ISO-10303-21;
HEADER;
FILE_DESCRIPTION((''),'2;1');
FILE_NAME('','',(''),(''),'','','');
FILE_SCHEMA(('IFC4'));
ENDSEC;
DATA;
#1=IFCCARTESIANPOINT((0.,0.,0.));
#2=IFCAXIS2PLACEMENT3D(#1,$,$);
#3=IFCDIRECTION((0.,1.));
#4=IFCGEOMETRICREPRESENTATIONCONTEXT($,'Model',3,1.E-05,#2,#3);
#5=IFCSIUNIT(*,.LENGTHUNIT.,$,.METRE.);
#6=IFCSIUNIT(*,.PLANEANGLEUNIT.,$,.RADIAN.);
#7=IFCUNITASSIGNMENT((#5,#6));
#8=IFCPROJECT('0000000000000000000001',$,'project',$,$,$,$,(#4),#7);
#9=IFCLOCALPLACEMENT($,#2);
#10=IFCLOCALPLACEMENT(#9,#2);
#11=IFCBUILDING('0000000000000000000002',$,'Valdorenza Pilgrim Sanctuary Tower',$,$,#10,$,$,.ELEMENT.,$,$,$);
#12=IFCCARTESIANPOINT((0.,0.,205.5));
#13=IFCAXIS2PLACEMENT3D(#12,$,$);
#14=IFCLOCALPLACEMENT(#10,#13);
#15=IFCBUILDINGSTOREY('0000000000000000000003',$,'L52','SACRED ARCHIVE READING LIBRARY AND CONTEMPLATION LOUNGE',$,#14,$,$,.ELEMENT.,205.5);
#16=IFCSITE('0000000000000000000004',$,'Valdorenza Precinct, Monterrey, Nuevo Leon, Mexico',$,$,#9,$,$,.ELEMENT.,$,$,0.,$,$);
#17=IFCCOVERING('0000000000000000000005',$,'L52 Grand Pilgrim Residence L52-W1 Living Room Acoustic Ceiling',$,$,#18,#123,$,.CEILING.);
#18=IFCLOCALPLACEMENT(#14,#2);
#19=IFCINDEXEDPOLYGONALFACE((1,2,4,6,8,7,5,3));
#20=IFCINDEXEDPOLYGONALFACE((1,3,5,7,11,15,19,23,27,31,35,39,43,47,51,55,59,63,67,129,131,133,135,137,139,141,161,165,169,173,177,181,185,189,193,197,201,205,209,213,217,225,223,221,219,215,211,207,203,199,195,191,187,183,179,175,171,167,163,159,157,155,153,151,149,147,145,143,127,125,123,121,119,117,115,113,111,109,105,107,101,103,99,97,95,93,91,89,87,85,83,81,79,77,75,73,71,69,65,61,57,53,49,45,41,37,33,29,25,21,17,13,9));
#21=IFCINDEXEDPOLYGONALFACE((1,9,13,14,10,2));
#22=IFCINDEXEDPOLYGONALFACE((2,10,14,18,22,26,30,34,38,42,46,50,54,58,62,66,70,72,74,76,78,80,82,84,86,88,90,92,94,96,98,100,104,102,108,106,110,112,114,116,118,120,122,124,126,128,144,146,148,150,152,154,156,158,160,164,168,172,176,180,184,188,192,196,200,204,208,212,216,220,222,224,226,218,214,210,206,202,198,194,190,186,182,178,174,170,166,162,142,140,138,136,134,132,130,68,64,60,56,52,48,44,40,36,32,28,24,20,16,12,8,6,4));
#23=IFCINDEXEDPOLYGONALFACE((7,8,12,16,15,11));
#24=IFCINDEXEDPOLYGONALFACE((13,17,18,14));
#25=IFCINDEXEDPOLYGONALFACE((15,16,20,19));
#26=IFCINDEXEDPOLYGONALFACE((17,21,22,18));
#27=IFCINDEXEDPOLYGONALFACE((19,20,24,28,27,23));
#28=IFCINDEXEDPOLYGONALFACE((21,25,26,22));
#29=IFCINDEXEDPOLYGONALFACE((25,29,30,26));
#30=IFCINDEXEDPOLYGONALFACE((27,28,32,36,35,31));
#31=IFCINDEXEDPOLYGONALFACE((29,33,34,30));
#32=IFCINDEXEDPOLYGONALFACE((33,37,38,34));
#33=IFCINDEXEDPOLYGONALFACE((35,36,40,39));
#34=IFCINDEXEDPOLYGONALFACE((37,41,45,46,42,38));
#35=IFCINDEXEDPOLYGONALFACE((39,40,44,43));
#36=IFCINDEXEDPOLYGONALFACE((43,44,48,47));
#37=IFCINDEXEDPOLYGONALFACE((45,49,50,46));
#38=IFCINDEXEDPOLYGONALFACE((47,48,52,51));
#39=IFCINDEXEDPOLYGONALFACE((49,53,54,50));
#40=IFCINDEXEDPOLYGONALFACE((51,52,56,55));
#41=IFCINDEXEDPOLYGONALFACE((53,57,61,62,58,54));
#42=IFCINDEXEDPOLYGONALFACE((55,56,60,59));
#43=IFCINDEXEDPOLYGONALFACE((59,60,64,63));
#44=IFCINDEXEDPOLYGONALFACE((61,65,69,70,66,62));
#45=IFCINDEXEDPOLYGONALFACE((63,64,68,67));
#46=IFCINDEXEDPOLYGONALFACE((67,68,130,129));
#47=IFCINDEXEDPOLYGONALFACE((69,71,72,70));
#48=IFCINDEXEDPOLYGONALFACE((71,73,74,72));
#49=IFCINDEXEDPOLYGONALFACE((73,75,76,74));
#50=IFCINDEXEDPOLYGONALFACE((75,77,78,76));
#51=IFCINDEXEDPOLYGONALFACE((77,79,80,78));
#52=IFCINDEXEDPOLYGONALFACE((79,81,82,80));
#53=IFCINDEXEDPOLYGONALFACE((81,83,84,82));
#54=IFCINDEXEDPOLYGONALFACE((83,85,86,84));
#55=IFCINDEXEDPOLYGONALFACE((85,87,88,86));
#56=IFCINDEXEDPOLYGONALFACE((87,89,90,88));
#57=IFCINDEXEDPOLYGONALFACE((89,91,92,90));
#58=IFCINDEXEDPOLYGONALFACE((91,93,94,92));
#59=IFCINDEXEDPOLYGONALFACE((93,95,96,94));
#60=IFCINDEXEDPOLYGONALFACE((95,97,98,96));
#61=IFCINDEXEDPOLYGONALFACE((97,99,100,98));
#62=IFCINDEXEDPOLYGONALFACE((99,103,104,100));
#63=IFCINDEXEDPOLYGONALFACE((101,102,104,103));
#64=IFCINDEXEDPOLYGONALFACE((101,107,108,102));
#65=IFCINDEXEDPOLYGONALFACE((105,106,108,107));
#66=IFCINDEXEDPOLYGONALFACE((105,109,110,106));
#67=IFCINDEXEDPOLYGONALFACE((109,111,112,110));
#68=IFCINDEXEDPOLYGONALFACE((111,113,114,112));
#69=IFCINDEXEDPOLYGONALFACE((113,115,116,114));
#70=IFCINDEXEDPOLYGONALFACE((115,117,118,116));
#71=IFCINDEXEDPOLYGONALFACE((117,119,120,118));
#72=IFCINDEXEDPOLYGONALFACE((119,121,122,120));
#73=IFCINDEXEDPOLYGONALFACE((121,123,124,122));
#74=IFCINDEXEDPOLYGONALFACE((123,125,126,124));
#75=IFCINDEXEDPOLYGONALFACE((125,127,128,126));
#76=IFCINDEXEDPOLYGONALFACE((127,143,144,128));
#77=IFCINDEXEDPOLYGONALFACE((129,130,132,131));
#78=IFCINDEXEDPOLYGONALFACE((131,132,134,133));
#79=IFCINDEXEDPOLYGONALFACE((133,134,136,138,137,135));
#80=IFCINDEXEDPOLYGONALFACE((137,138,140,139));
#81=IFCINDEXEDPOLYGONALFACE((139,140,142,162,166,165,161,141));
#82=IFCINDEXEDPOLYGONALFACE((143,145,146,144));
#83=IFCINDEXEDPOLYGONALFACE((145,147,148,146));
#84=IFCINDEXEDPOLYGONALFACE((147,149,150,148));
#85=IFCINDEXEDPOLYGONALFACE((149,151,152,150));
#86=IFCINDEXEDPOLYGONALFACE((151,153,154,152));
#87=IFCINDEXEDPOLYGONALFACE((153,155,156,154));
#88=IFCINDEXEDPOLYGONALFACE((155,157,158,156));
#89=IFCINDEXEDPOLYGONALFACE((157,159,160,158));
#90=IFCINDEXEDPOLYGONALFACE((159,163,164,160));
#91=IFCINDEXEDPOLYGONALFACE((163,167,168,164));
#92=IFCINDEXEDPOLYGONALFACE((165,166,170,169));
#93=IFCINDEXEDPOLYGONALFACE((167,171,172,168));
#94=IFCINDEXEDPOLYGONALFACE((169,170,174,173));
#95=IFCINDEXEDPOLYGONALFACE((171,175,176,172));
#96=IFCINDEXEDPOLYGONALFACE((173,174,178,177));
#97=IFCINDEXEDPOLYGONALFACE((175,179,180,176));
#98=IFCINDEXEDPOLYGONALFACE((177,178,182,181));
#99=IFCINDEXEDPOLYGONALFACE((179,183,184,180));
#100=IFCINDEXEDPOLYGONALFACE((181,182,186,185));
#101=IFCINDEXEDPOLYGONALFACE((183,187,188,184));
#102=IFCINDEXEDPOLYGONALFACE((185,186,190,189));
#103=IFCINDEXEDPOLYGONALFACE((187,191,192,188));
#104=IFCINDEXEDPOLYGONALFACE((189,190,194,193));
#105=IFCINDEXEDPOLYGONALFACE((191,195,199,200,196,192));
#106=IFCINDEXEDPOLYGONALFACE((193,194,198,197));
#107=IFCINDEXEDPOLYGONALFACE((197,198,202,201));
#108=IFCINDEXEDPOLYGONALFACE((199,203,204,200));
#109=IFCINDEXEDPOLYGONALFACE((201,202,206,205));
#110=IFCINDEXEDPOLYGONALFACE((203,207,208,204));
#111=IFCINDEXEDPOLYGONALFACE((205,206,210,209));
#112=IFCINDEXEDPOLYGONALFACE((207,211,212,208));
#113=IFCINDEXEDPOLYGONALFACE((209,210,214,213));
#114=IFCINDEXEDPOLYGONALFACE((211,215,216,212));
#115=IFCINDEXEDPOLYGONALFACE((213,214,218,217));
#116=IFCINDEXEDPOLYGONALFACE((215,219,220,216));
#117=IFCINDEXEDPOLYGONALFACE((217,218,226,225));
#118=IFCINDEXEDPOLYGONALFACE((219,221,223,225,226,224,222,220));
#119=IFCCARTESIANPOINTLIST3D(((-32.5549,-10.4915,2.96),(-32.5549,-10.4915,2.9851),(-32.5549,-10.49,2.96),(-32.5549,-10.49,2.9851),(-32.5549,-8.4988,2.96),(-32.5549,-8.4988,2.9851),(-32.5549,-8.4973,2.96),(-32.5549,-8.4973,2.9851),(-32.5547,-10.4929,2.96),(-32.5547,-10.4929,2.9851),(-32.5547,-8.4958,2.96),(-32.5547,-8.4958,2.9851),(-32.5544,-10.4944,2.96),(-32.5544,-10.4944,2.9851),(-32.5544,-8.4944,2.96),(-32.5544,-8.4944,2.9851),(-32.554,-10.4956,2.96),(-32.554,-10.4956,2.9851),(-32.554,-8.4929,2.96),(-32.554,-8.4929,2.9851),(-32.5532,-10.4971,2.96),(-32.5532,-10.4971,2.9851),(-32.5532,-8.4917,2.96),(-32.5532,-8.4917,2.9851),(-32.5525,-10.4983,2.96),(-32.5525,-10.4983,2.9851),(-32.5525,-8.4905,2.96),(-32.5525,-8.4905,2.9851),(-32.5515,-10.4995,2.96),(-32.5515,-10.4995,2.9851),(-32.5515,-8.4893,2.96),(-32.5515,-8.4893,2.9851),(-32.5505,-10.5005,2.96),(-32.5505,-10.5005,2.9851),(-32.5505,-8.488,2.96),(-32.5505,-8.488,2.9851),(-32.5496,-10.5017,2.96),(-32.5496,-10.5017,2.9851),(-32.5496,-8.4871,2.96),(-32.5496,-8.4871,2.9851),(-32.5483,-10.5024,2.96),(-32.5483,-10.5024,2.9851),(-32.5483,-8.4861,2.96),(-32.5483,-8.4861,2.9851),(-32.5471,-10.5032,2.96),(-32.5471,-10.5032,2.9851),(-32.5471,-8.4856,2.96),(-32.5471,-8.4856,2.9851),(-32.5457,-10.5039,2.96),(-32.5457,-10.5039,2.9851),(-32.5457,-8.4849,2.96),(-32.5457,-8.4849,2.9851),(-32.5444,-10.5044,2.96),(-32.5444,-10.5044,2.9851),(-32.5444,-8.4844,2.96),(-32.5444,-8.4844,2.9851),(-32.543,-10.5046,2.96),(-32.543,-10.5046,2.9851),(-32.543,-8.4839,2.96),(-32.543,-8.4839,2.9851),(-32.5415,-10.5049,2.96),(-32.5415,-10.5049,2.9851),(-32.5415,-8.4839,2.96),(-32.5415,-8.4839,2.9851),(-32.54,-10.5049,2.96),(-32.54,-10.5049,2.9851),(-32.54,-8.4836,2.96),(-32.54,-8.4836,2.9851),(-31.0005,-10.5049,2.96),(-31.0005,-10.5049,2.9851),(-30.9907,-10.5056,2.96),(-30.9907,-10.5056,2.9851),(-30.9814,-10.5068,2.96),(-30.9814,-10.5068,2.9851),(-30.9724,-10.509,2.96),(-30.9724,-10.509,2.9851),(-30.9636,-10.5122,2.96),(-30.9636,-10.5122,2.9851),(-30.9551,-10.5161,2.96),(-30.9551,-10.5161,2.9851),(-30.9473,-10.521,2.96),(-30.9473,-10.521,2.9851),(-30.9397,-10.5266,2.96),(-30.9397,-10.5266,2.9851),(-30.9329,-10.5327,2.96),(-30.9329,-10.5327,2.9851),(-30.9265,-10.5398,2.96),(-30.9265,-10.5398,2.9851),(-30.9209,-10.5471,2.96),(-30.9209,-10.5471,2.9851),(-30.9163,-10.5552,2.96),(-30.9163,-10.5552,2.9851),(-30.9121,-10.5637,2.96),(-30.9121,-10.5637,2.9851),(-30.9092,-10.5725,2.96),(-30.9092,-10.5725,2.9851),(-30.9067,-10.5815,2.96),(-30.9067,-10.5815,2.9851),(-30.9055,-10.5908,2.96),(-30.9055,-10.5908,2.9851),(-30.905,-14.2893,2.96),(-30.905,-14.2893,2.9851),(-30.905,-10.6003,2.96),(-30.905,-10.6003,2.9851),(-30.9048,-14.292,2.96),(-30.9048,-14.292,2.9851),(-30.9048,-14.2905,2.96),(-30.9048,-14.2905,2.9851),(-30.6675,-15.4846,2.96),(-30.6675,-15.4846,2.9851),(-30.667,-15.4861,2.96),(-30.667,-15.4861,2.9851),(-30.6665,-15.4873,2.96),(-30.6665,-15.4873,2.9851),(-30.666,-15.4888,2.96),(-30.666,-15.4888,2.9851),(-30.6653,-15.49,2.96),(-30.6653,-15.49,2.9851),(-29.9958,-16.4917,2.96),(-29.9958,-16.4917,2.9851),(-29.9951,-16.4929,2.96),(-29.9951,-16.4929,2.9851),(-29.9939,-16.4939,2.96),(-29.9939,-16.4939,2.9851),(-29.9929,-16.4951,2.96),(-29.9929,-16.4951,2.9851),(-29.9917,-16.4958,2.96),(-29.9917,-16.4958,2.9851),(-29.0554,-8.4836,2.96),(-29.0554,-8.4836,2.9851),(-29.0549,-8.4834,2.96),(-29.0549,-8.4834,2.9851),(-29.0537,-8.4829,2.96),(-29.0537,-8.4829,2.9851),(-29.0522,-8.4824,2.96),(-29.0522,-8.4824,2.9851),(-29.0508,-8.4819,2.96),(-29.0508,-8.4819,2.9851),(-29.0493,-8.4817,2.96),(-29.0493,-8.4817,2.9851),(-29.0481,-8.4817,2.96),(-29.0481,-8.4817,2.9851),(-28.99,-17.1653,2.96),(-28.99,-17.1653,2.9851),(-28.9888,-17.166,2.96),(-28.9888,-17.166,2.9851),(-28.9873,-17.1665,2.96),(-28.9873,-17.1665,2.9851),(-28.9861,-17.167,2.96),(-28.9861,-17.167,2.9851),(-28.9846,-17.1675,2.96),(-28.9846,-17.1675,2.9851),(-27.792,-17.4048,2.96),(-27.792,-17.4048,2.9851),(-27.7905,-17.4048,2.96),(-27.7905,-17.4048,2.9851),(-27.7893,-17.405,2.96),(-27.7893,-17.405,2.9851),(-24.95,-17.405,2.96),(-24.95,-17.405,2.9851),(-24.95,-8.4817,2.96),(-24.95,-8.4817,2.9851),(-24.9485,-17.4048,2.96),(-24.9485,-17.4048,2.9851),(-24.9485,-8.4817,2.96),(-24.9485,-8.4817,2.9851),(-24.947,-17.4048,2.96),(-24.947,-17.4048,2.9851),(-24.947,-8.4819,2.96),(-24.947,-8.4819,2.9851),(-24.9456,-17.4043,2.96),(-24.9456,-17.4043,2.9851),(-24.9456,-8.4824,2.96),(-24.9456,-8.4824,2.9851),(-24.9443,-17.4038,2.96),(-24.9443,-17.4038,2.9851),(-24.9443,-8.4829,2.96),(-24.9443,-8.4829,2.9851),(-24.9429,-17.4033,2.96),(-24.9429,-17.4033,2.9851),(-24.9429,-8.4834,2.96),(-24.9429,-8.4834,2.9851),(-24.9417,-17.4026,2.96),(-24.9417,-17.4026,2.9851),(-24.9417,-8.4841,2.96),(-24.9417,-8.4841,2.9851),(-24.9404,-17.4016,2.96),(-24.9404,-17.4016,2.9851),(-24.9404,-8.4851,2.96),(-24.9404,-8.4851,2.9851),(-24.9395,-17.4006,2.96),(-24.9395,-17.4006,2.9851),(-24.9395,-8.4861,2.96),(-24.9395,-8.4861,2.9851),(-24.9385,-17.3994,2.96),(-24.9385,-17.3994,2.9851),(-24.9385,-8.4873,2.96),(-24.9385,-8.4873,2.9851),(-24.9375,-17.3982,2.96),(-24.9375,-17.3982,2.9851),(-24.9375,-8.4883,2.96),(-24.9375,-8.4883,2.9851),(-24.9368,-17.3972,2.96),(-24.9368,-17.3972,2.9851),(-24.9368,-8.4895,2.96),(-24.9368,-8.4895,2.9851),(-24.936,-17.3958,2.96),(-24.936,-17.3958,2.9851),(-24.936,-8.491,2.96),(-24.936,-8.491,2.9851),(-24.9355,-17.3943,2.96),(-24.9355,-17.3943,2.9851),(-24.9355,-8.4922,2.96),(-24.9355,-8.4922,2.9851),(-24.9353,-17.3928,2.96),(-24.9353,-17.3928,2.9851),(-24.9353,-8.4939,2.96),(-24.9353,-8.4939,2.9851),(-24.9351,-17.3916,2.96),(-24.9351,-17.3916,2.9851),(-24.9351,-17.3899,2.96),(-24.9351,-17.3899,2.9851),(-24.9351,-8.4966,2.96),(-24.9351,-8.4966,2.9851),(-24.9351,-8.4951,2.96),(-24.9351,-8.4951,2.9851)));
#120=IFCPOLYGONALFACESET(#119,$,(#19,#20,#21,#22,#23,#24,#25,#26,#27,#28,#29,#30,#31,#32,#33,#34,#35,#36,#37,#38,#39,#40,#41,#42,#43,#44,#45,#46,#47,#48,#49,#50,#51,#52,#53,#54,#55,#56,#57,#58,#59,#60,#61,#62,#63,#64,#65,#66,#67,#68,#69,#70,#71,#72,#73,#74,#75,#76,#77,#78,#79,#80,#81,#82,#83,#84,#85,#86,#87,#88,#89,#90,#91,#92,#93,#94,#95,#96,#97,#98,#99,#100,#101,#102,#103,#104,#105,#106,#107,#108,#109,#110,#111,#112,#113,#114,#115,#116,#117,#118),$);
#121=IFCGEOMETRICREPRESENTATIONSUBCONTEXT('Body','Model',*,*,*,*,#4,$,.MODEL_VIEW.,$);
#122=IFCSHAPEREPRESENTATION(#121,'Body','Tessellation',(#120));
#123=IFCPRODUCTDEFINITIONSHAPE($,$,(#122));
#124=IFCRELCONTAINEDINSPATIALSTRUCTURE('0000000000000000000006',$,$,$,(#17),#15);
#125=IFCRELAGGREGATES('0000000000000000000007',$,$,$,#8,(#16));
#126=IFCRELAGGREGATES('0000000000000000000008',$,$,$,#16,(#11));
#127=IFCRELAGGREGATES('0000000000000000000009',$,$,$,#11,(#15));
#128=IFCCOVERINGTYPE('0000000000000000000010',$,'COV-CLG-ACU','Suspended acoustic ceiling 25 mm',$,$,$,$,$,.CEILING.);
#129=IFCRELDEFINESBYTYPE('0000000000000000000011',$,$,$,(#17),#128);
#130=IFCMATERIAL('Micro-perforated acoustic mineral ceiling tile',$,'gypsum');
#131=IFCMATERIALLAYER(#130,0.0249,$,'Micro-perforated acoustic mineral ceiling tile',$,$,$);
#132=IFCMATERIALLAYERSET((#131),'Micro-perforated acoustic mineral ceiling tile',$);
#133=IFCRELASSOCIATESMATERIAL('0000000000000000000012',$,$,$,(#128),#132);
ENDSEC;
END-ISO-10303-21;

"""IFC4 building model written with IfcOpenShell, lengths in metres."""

from ifc_helpers import new_model, si_unit, direction, frame, origin, place, context, subcontext, project, spatial, polyline, outline, extrude, material, layer, layer_set, type_object, element, save


model = new_model("IFC4")

# Units and contexts
model_context = context("Model", 3, precision=1e-05, world=origin(), true_north=direction((0.0, 1.0)))
body_context = subcontext(model_context, "Body", "Model", "MODEL_VIEW")
ifc_project = project(units=[si_unit("LENGTHUNIT", "METRE"), si_unit("PLANEANGLEUNIT", "RADIAN")], contexts=[model_context])

# Site, building, storey
site_placement = place(None, origin())
site = spatial("IfcSite", under=ifc_project, at=site_placement, Name="Valdorenza Precinct, Monterrey, Nuevo Leon, Mexico", CompositionType="ELEMENT", RefElevation=0.0)
building_placement = place(site_placement, origin())
building = spatial("IfcBuilding", under=site, at=building_placement, Name="Valdorenza Pilgrim Sanctuary Tower", CompositionType="ELEMENT")
storey_placement = place(building_placement, frame((0.0, 0.0, 205.5)))
storey = spatial("IfcBuildingStorey", under=building, at=storey_placement, Name="L52", Description="SACRED ARCHIVE READING LIBRARY AND CONTEMPLATION LOUNGE", CompositionType="ELEMENT", Elevation=205.5)

# Covering
ifc_material_1 = material(Name="Micro-perforated acoustic mineral ceiling tile", Category="gypsum")
ifc_layer_1 = layer(ifc_material_1, 0.0249, Name="Micro-perforated acoustic mineral ceiling tile")
ifc_layer_set_1 = layer_set([ifc_layer_1], Name="Micro-perforated acoustic mineral ceiling tile")
covering_type_1 = type_object("IfcCoveringType", Name="COV-CLG-ACU", Description="Suspended acoustic ceiling 25 mm", PredefinedType="CEILING", material=ifc_layer_set_1)
covering_1_placement = place(storey_placement, frame((0.0, 0.0, 2.96)))
element("IfcCovering", 1, at=covering_1_placement, inside=storey, type_object=covering_type_1, Name="L52 Grand Pilgrim Residence L52-W1 Living Room Acoustic Ceiling", PredefinedType="CEILING", context=body_context, shape_type="SweptSolid", body=[
    extrude(outline(polyline([(-29.0554, -8.4836), (-29.0549, -8.4834), (-29.0537, -8.4829), (-29.0522, -8.4824), (-29.0508, -8.4819), (-29.0493, -8.4817), (-29.0481, -8.4817), (-24.95, -8.4817), (-24.9485, -8.4817), (-24.947, -8.4819), (-24.9456, -8.4824), (-24.9443, -8.4829), (-24.9429, -8.4834), (-24.9417, -8.4841), (-24.9404, -8.4851), (-24.9395, -8.4861), (-24.9385, -8.4873), (-24.9375, -8.4883), (-24.9368, -8.4895), (-24.936, -8.491), (-24.9355, -8.4922), (-24.9353, -8.4939), (-24.9351, -8.4951), (-24.9351, -8.4966), (-24.9351, -17.3899), (-24.9351, -17.3916), (-24.9353, -17.3928), (-24.9355, -17.3943), (-24.936, -17.3958), (-24.9368, -17.3972), (-24.9375, -17.3982), (-24.9385, -17.3994), (-24.9395, -17.4006), (-24.9404, -17.4016), (-24.9417, -17.4026), (-24.9429, -17.4033), (-24.9443, -17.4038), (-24.9456, -17.4043), (-24.947, -17.4048), (-24.9485, -17.4048), (-24.95, -17.405), (-27.7893, -17.405), (-27.7905, -17.4048), (-27.792, -17.4048), (-28.9846, -17.1675), (-28.9861, -17.167), (-28.9873, -17.1665), (-28.9888, -17.166), (-28.99, -17.1653), (-29.9917, -16.4958), (-29.9929, -16.4951), (-29.9939, -16.4939), (-29.9951, -16.4929), (-29.9958, -16.4917), (-30.6653, -15.49), (-30.666, -15.4888), (-30.6665, -15.4873), (-30.667, -15.4861), (-30.6675, -15.4846), (-30.9048, -14.292), (-30.9048, -14.2905), (-30.905, -14.2893), (-30.905, -10.6003), (-30.9055, -10.5908), (-30.9067, -10.5815), (-30.9092, -10.5725), (-30.9121, -10.5637), (-30.9163, -10.5552), (-30.9209, -10.5471), (-30.9265, -10.5398), (-30.9329, -10.5327), (-30.9397, -10.5266), (-30.9473, -10.521), (-30.9551, -10.5161), (-30.9636, -10.5122), (-30.9724, -10.509), (-30.9814, -10.5068), (-30.9907, -10.5056), (-31.0005, -10.5049), (-32.54, -10.5049), (-32.5415, -10.5049), (-32.543, -10.5046), (-32.5444, -10.5044), (-32.5457, -10.5039), (-32.5471, -10.5032), (-32.5483, -10.5024), (-32.5496, -10.5017), (-32.5505, -10.5005), (-32.5515, -10.4995), (-32.5525, -10.4983), (-32.5532, -10.4971), (-32.554, -10.4956), (-32.5544, -10.4944), (-32.5547, -10.4929), (-32.5549, -10.4915), (-32.5549, -10.49), (-32.5549, -8.4988), (-32.5549, -8.4973), (-32.5547, -8.4958), (-32.5544, -8.4944), (-32.554, -8.4929), (-32.5532, -8.4917), (-32.5525, -8.4905), (-32.5515, -8.4893), (-32.5505, -8.488), (-32.5496, -8.4871), (-32.5483, -8.4861), (-32.5471, -8.4856), (-32.5457, -8.4849), (-32.5444, -8.4844), (-32.543, -8.4839), (-32.5415, -8.4839), (-32.54, -8.4836), (-29.0554, -8.4836)])), origin(), (0.0, 0.0, 1.0), 0.0251),
])

save(model, "model.ifc")
